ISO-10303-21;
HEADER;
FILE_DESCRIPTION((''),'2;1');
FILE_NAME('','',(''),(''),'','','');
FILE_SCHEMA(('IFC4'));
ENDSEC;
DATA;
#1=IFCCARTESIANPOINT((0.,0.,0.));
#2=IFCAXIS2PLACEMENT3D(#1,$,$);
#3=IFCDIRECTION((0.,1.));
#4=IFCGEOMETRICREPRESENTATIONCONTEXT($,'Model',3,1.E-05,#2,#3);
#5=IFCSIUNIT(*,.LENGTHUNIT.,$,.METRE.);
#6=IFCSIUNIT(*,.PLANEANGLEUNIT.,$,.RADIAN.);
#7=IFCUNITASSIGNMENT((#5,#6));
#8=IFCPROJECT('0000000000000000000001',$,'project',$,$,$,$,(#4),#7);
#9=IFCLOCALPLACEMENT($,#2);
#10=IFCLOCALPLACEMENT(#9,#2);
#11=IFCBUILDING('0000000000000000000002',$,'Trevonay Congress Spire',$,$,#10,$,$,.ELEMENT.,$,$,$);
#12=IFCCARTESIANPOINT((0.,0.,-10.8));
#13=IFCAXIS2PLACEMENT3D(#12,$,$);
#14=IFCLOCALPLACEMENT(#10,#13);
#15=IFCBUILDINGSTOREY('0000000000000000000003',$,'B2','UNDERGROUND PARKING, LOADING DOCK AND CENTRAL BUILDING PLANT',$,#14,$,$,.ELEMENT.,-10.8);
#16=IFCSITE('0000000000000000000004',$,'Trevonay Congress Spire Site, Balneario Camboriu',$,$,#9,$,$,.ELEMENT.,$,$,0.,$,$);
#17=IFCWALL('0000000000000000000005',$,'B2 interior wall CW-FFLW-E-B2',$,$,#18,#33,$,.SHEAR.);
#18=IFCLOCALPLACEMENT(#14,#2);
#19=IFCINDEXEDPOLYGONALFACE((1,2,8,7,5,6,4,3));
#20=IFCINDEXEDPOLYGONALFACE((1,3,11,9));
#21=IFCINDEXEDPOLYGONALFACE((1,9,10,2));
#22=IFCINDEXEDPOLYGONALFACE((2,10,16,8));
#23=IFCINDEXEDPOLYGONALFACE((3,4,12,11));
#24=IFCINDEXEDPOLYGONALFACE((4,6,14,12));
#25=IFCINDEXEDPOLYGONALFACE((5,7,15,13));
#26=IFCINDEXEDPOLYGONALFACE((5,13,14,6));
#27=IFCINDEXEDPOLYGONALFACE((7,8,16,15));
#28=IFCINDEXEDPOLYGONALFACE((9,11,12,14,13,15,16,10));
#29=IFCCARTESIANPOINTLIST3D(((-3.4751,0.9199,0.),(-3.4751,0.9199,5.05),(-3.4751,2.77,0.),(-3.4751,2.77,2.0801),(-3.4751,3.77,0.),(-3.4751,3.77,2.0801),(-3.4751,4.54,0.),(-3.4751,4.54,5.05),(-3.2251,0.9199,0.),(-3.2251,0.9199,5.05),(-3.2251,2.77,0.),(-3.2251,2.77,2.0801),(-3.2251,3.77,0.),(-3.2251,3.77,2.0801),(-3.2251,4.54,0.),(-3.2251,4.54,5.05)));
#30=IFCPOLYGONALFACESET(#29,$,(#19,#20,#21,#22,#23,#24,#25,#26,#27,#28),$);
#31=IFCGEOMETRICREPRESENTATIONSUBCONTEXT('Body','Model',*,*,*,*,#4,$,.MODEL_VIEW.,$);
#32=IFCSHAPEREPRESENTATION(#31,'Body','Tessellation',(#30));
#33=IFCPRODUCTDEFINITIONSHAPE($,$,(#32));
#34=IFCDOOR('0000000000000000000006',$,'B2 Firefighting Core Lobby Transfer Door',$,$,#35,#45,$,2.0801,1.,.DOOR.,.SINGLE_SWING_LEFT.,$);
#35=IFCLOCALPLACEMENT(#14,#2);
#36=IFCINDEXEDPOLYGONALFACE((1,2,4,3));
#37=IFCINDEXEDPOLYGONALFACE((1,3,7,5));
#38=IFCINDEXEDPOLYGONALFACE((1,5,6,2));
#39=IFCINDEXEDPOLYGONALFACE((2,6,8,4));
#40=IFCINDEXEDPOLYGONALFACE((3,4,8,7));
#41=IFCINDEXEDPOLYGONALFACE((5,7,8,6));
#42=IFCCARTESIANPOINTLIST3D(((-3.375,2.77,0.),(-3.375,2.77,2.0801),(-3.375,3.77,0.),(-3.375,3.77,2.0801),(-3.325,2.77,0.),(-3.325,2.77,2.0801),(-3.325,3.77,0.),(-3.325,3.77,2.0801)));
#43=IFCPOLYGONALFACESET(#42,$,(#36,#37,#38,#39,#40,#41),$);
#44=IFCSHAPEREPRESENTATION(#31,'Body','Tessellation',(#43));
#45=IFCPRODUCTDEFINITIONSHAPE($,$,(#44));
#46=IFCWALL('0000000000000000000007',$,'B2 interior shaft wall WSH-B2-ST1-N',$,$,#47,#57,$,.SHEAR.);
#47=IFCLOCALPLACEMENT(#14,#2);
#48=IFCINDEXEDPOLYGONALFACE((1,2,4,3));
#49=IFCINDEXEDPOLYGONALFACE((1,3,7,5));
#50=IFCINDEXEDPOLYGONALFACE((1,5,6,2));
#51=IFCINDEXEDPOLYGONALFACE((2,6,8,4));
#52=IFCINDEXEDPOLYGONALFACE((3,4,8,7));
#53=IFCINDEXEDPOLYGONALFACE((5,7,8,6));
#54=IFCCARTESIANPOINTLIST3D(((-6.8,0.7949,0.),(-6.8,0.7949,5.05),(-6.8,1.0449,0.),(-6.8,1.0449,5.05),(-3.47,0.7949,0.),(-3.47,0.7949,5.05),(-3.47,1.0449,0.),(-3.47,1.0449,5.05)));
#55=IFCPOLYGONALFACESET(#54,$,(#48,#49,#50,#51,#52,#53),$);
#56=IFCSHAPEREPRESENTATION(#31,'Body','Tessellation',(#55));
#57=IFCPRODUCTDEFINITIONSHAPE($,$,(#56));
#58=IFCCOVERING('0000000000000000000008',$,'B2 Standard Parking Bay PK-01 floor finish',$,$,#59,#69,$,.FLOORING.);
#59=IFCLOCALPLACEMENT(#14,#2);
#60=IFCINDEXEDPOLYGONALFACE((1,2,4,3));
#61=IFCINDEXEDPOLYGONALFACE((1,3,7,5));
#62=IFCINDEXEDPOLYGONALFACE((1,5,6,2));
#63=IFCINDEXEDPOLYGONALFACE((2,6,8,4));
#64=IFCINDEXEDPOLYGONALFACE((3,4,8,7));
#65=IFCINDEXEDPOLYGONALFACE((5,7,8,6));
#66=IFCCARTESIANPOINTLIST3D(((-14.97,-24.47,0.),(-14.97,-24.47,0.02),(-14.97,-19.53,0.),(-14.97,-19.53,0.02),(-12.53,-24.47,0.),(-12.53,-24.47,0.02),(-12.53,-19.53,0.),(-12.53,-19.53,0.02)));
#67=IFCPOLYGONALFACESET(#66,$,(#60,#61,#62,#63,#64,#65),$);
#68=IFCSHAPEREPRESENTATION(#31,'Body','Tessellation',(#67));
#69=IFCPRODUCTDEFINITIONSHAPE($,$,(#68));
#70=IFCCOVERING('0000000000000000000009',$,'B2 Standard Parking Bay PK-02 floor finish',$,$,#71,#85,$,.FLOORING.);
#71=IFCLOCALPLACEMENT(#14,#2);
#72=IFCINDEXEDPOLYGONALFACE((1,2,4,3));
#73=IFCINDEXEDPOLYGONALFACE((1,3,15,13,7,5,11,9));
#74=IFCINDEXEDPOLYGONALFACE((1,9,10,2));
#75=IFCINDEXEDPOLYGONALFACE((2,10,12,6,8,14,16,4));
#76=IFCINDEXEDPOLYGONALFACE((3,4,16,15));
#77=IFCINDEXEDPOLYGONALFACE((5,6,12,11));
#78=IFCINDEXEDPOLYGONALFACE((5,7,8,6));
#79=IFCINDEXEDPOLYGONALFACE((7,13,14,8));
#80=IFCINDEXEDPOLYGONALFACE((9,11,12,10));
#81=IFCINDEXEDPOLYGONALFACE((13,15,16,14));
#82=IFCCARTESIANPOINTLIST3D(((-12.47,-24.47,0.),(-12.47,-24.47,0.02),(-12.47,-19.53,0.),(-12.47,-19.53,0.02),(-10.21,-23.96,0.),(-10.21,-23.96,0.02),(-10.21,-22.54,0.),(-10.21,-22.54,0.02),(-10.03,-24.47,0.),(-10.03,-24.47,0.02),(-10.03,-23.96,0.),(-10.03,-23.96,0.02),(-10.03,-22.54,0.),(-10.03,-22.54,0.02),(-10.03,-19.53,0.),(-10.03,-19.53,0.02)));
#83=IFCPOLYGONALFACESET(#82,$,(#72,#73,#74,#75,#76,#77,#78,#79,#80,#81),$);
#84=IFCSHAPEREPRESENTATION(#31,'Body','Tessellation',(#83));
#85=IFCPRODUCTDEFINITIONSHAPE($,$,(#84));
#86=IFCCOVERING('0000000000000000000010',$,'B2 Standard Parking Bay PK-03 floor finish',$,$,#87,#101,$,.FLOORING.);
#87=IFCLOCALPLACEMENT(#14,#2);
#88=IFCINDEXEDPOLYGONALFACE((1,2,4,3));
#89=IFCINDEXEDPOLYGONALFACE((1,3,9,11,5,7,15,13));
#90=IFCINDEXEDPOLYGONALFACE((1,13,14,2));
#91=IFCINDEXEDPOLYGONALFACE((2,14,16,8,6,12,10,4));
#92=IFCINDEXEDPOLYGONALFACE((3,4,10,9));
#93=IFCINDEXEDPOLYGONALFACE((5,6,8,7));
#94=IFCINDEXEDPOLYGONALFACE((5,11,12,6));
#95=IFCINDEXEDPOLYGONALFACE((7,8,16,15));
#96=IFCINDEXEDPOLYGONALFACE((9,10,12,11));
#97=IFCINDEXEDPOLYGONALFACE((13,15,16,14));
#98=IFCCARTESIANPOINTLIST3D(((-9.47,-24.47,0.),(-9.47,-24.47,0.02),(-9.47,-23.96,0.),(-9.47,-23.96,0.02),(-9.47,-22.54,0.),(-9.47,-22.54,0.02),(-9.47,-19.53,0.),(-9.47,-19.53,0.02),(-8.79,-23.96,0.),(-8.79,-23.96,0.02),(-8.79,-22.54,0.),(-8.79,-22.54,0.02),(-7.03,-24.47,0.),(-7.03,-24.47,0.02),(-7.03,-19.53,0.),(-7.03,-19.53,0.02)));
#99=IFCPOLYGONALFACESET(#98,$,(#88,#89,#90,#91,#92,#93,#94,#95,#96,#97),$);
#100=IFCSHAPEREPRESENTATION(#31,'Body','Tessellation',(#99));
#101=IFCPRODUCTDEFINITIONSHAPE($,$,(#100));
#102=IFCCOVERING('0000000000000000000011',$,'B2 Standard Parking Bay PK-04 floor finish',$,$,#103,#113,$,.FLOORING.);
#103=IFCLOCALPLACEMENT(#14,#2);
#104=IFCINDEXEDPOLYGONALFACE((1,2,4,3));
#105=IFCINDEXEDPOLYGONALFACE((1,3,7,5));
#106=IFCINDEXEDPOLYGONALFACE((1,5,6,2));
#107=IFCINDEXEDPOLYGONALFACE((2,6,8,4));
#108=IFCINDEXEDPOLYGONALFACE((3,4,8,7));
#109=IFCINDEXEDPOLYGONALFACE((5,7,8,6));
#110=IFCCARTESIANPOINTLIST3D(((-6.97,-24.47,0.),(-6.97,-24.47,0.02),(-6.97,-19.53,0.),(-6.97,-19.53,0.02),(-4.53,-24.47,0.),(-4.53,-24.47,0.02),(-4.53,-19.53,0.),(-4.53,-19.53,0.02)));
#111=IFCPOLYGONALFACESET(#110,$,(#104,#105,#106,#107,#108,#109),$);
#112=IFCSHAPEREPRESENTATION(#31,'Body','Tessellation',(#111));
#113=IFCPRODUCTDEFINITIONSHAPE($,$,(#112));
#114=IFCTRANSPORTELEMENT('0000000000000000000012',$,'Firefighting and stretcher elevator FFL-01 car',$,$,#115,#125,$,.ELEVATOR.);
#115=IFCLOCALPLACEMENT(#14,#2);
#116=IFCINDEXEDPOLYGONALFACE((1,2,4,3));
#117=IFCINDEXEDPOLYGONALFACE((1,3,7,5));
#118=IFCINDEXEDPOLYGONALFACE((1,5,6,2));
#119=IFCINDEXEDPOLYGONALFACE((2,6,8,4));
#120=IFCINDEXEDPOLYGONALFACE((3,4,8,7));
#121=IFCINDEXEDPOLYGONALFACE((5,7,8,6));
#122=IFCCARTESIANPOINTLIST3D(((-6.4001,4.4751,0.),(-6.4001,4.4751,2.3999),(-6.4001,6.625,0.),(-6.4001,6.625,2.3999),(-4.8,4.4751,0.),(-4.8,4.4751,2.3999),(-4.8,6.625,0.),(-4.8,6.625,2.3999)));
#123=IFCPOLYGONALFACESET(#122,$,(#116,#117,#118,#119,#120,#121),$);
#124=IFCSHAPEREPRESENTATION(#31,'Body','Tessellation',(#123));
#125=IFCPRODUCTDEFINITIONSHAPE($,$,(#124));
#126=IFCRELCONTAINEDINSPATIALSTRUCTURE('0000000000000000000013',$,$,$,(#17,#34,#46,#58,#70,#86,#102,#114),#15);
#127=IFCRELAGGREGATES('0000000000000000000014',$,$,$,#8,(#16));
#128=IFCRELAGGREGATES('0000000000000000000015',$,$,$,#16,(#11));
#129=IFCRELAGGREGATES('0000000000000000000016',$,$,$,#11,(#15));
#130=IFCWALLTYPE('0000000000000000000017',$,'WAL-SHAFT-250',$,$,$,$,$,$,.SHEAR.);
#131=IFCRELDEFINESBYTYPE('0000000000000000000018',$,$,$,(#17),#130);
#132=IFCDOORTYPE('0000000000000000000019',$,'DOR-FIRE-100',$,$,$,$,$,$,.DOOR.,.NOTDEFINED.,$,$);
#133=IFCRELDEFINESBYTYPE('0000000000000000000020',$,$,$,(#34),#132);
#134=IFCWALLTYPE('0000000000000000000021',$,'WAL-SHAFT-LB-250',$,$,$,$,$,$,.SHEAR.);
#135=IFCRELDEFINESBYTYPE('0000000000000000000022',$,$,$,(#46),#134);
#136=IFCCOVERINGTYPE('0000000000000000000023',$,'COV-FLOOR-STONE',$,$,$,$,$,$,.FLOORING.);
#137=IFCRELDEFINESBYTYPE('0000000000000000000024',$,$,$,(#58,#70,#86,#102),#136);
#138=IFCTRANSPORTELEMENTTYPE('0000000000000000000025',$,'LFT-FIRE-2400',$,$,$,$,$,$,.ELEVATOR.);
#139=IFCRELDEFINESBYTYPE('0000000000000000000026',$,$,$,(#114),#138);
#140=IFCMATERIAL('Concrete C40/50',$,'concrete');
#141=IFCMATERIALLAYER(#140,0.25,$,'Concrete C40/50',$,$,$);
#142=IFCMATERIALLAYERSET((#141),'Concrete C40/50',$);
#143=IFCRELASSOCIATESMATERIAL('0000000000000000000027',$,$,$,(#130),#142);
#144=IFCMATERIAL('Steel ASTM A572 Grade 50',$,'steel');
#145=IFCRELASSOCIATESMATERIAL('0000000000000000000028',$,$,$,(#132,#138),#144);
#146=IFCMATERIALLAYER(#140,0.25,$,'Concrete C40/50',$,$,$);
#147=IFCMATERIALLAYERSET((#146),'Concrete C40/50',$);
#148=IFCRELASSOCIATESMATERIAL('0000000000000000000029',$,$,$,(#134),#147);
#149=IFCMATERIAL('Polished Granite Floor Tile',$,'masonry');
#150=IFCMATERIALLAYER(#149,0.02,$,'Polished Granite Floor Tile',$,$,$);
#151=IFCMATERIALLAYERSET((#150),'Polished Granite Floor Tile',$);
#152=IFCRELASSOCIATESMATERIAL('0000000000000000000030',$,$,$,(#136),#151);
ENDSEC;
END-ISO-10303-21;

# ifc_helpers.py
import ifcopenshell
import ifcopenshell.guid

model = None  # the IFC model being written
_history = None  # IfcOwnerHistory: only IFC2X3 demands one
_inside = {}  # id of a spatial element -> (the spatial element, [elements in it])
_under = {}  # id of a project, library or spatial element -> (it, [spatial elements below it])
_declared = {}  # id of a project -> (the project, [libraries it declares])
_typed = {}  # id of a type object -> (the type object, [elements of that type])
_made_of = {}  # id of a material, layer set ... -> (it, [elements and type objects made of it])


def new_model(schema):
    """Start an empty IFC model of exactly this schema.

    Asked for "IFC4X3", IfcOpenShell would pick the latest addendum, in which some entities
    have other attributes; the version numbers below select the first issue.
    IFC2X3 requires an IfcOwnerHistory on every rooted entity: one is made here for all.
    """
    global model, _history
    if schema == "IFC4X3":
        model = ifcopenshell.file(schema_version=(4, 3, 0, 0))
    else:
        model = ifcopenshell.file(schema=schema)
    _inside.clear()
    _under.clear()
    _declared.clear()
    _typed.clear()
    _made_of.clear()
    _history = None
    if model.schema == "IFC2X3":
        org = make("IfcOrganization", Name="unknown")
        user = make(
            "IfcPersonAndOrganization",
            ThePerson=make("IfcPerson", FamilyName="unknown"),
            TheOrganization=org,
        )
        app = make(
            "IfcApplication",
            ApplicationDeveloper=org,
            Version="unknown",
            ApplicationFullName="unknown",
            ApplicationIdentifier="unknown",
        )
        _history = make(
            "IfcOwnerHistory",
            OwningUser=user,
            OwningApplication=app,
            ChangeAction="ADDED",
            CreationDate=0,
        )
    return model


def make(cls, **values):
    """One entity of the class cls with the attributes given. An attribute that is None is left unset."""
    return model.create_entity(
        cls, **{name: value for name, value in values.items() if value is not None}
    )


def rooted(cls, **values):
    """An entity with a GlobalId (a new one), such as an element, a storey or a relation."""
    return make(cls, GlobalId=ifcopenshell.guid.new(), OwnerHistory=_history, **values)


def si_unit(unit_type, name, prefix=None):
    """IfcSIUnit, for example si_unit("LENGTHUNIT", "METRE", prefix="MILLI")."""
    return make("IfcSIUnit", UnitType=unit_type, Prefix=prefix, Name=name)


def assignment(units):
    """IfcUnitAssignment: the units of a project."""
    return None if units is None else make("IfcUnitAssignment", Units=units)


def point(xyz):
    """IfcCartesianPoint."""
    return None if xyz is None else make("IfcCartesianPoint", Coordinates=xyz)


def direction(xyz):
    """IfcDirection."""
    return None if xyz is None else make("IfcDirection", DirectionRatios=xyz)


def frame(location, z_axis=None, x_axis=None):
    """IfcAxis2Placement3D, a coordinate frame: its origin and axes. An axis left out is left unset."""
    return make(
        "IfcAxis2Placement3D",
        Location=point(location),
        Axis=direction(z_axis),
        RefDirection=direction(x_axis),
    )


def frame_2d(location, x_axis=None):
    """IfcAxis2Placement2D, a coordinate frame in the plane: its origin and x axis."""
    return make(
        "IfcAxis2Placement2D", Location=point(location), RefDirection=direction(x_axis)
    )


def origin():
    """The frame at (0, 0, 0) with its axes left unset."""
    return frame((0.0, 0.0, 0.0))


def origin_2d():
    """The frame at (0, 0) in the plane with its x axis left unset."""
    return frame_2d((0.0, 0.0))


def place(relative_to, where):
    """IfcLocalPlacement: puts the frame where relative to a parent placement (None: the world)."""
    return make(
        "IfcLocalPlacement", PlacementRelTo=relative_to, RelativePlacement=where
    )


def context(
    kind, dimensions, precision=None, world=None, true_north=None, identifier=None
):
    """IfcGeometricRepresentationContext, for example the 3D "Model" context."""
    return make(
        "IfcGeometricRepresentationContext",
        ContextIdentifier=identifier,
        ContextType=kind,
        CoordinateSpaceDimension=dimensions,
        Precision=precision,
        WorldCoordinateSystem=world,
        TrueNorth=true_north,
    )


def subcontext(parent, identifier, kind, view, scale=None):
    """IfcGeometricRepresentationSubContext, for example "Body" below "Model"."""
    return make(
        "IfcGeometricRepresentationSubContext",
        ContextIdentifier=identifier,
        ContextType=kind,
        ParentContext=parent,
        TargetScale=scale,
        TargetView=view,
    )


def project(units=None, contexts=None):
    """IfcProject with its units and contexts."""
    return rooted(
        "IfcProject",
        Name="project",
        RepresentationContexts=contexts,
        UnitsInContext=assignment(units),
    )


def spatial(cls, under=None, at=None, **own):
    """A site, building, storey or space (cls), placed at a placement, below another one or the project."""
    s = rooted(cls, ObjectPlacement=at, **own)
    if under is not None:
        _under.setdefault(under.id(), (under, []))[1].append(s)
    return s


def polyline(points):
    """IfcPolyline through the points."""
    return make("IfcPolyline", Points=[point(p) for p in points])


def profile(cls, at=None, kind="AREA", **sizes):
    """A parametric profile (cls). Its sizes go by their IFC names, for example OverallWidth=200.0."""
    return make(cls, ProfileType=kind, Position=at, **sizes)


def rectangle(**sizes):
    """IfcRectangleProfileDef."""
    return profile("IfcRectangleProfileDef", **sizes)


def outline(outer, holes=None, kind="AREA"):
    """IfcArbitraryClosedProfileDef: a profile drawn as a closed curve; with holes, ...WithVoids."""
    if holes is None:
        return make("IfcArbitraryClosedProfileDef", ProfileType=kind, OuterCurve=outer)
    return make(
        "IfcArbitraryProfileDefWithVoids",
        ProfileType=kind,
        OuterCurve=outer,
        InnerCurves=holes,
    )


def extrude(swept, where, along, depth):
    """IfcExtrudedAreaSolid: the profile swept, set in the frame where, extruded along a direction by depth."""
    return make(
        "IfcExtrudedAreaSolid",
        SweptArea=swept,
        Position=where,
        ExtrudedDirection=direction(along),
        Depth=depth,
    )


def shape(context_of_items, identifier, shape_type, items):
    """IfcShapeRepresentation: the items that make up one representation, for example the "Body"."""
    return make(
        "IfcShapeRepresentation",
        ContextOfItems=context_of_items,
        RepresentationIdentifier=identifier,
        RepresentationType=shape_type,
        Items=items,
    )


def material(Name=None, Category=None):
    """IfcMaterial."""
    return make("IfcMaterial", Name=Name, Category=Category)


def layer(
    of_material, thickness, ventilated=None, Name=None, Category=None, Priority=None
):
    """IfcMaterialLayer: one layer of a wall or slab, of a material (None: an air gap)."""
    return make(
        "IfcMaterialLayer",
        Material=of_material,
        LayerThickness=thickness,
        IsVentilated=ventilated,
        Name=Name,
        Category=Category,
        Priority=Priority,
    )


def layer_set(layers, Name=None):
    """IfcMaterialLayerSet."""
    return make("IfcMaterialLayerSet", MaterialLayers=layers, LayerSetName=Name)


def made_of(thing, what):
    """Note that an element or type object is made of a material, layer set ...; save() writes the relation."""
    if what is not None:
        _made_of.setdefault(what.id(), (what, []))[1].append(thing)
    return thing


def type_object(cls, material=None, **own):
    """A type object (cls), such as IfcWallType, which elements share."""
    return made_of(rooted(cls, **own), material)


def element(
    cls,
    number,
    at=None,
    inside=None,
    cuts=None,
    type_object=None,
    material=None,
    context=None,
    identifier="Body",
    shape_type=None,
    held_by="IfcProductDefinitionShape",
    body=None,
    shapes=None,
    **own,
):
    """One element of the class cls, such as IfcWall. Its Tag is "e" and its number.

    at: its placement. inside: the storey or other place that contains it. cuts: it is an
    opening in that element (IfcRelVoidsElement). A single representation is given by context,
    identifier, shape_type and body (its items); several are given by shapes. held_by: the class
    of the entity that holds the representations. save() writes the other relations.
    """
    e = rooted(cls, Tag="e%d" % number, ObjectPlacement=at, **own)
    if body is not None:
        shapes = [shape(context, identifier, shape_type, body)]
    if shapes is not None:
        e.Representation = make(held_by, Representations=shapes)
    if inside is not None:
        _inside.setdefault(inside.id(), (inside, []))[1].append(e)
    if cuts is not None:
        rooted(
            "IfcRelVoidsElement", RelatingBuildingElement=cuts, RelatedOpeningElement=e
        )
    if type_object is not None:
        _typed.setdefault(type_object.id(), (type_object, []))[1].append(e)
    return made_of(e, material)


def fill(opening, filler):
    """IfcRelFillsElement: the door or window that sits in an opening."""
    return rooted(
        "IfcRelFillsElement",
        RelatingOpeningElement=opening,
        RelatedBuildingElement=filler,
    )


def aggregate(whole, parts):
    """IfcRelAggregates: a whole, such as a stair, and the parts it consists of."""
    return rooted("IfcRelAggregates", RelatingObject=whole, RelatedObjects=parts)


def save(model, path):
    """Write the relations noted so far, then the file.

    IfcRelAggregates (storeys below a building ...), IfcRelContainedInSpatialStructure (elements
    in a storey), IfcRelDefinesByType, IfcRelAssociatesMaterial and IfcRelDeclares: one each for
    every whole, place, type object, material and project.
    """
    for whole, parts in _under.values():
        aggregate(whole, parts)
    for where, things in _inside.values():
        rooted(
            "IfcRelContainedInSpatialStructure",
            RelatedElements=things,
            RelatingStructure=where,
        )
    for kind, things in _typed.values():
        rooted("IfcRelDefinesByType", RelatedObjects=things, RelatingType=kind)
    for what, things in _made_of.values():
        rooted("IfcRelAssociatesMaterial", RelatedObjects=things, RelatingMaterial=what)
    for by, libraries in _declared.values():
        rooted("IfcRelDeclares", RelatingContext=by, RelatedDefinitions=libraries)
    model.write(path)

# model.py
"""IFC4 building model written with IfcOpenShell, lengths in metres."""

from ifc_helpers import new_model, si_unit, direction, frame, frame_2d, origin, origin_2d, place, context, subcontext, project, spatial, polyline, rectangle, outline, extrude, material, layer, layer_set, type_object, element, fill, save


model = new_model("IFC4")

# Units and contexts
model_context = context("Model", 3, precision=1e-05, world=origin(), true_north=direction((0.0, 1.0)))
body_context = subcontext(model_context, "Body", "Model", "MODEL_VIEW")
ifc_project = project(units=[si_unit("LENGTHUNIT", "METRE"), si_unit("PLANEANGLEUNIT", "RADIAN")], contexts=[model_context])

# Site, building, storey
site_placement = place(None, origin())
site = spatial("IfcSite", under=ifc_project, at=site_placement, Name="Trevonay Congress Spire Site, Balneario Camboriu", CompositionType="ELEMENT", RefElevation=0.0)
building_placement = place(site_placement, origin())
building = spatial("IfcBuilding", under=site, at=building_placement, Name="Trevonay Congress Spire", CompositionType="ELEMENT")
storey_placement = place(building_placement, frame((0.0, 0.0, -10.8)))
storey = spatial("IfcBuildingStorey", under=building, at=storey_placement, Name="B2", Description="UNDERGROUND PARKING, LOADING DOCK AND CENTRAL BUILDING PLANT", CompositionType="ELEMENT", Elevation=-10.8)

# Shared definitions
ifc_material_1 = material(Name="Concrete C40/50", Category="concrete")

# Shared definitions
ifc_layer_1 = layer(ifc_material_1, 0.25, Name="Concrete C40/50")
ifc_layer_set_1 = layer_set([ifc_layer_1], Name="Concrete C40/50")
wall_type_1 = type_object("IfcWallType", Name="WAL-SHAFT-250", PredefinedType="SHEAR", material=ifc_layer_set_1)
ifc_material_2 = material(Name="Steel ASTM A572 Grade 50", Category="steel")

# Wall, opening, door
wall_1_placement = place(storey_placement, frame((-3.3501, 0.9199, 0.0), z_axis=(0.0, 0.0, 1.0), x_axis=(0.0, 1.0, 0.0)))
wall_1 = element("IfcWall", 1, at=wall_1_placement, inside=storey, type_object=wall_type_1, Name="B2 interior wall CW-FFLW-E-B2", PredefinedType="SHEAR", context=body_context, shape_type="SweptSolid", body=[
    extrude(rectangle(XDim=3.6201, YDim=0.25, at=frame_2d((1.8101, 0.0))), origin(), (0.0, 0.0, 1.0), 5.05),
])
opening_1_placement = place(wall_1_placement, frame((1.8501, 0.0, 0.0)))
opening_1 = element("IfcOpeningElement", 2, at=opening_1_placement, cuts=wall_1, PredefinedType="OPENING", context=body_context, shape_type="SweptSolid", body=[
    extrude(rectangle(XDim=1.0, YDim=2.0801, at=frame_2d((0.5, 1.04))), frame((0.0, 0.135, 0.0), z_axis=(0.0, -1.0, 0.0), x_axis=(1.0, 0.0, 0.0)), (0.0, 0.0, 1.0), 0.27),
])
door_type_1 = type_object("IfcDoorType", Name="DOR-FIRE-100", OperationType="NOTDEFINED", PredefinedType="DOOR", material=ifc_material_2)
door_1_placement = place(opening_1_placement, origin())
door_1 = element("IfcDoor", 3, at=door_1_placement, inside=storey, type_object=door_type_1, Name="B2 Firefighting Core Lobby Transfer Door", OperationType="SINGLE_SWING_LEFT", OverallHeight=2.0801, OverallWidth=1.0, PredefinedType="DOOR", context=body_context, shape_type="SweptSolid", body=[
    extrude(rectangle(XDim=1.0, YDim=2.0801, at=frame_2d((0.5, 1.04))), frame((0.0, 0.0249, 0.0), z_axis=(0.0, -1.0, 0.0), x_axis=(1.0, 0.0, 0.0)), (0.0, 0.0, 1.0), 0.05),
])
fill(opening_1, door_1)

# Wall
ifc_layer_2 = layer(ifc_material_1, 0.25, Name="Concrete C40/50")
ifc_layer_set_2 = layer_set([ifc_layer_2], Name="Concrete C40/50")
wall_type_2 = type_object("IfcWallType", Name="WAL-SHAFT-LB-250", PredefinedType="SHEAR", material=ifc_layer_set_2)
wall_2_placement = place(storey_placement, frame((-6.8, 0.9199, 0.0), z_axis=(0.0, 0.0, 1.0), x_axis=(1.0, 0.0, 0.0)))
element("IfcWall", 4, at=wall_2_placement, inside=storey, type_object=wall_type_2, Name="B2 interior shaft wall WSH-B2-ST1-N", PredefinedType="SHEAR", context=body_context, shape_type="SweptSolid", body=[
    extrude(rectangle(XDim=3.3301, YDim=0.25, at=frame_2d((1.665, 0.0))), origin(), (0.0, 0.0, 1.0), 5.05),
])

# Coverings
ifc_material_3 = material(Name="Polished Granite Floor Tile", Category="masonry")
ifc_layer_3 = layer(ifc_material_3, 0.02, Name="Polished Granite Floor Tile")
ifc_layer_set_3 = layer_set([ifc_layer_3], Name="Polished Granite Floor Tile")
covering_type = type_object("IfcCoveringType", Name="COV-FLOOR-STONE", PredefinedType="FLOORING", material=ifc_layer_set_3)
covering_1_placement = place(storey_placement, origin())
element("IfcCovering", 5, at=covering_1_placement, inside=storey, type_object=covering_type, Name="B2 Standard Parking Bay PK-01 floor finish", PredefinedType="FLOORING", context=body_context, shape_type="SweptSolid", body=[
    extrude(outline(polyline([(-14.97, -24.47), (-12.53, -24.47), (-12.53, -19.53), (-14.97, -19.53), (-14.97, -24.47)])), origin(), (0.0, 0.0, 1.0), 0.02),
])
covering_2_placement = place(storey_placement, origin())
element("IfcCovering", 6, at=covering_2_placement, inside=storey, type_object=covering_type, Name="B2 Standard Parking Bay PK-02 floor finish", PredefinedType="FLOORING", context=body_context, shape_type="SweptSolid", body=[
    extrude(outline(polyline([(-10.03, -24.47), (-12.47, -24.47), (-12.47, -19.53), (-10.03, -19.53), (-10.03, -22.54), (-10.21, -22.54), (-10.21, -23.96), (-10.03, -23.96), (-10.03, -24.47)])), origin(), (0.0, 0.0, 1.0), 0.02),
])
covering_3_placement = place(storey_placement, origin())
element("IfcCovering", 7, at=covering_3_placement, inside=storey, type_object=covering_type, Name="B2 Standard Parking Bay PK-03 floor finish", PredefinedType="FLOORING", context=body_context, shape_type="SweptSolid", body=[
    extrude(outline(polyline([(-9.47, -19.53), (-7.03, -19.53), (-7.03, -24.47), (-9.47, -24.47), (-9.47, -23.96), (-8.79, -23.96), (-8.79, -22.54), (-9.47, -22.54), (-9.47, -19.53)])), origin(), (0.0, 0.0, 1.0), 0.02),
])
covering_4_placement = place(storey_placement, origin())
element("IfcCovering", 8, at=covering_4_placement, inside=storey, type_object=covering_type, Name="B2 Standard Parking Bay PK-04 floor finish", PredefinedType="FLOORING", context=body_context, shape_type="SweptSolid", body=[
    extrude(outline(polyline([(-6.97, -24.47), (-4.53, -24.47), (-4.53, -19.53), (-6.97, -19.53), (-6.97, -24.47)])), origin(), (0.0, 0.0, 1.0), 0.02),
])

# Transport element
transport_element_type = type_object("IfcTransportElementType", Name="LFT-FIRE-2400", PredefinedType="ELEVATOR", material=ifc_material_2)
transport_element_placement = place(storey_placement, frame((-5.6001, 5.55, 0.0), z_axis=(0.0, 0.0, 1.0), x_axis=(1.0, 0.0, 0.0)))
element("IfcTransportElement", 9, at=transport_element_placement, inside=storey, type_object=transport_element_type, Name="Firefighting and stretcher elevator FFL-01 car", PredefinedType="ELEVATOR", context=body_context, shape_type="SweptSolid", body=[
    extrude(rectangle(XDim=1.6001, YDim=2.1499, at=origin_2d()), origin(), (0.0, 0.0, 1.0), 2.3999),
])

save(model, "model.ifc")
